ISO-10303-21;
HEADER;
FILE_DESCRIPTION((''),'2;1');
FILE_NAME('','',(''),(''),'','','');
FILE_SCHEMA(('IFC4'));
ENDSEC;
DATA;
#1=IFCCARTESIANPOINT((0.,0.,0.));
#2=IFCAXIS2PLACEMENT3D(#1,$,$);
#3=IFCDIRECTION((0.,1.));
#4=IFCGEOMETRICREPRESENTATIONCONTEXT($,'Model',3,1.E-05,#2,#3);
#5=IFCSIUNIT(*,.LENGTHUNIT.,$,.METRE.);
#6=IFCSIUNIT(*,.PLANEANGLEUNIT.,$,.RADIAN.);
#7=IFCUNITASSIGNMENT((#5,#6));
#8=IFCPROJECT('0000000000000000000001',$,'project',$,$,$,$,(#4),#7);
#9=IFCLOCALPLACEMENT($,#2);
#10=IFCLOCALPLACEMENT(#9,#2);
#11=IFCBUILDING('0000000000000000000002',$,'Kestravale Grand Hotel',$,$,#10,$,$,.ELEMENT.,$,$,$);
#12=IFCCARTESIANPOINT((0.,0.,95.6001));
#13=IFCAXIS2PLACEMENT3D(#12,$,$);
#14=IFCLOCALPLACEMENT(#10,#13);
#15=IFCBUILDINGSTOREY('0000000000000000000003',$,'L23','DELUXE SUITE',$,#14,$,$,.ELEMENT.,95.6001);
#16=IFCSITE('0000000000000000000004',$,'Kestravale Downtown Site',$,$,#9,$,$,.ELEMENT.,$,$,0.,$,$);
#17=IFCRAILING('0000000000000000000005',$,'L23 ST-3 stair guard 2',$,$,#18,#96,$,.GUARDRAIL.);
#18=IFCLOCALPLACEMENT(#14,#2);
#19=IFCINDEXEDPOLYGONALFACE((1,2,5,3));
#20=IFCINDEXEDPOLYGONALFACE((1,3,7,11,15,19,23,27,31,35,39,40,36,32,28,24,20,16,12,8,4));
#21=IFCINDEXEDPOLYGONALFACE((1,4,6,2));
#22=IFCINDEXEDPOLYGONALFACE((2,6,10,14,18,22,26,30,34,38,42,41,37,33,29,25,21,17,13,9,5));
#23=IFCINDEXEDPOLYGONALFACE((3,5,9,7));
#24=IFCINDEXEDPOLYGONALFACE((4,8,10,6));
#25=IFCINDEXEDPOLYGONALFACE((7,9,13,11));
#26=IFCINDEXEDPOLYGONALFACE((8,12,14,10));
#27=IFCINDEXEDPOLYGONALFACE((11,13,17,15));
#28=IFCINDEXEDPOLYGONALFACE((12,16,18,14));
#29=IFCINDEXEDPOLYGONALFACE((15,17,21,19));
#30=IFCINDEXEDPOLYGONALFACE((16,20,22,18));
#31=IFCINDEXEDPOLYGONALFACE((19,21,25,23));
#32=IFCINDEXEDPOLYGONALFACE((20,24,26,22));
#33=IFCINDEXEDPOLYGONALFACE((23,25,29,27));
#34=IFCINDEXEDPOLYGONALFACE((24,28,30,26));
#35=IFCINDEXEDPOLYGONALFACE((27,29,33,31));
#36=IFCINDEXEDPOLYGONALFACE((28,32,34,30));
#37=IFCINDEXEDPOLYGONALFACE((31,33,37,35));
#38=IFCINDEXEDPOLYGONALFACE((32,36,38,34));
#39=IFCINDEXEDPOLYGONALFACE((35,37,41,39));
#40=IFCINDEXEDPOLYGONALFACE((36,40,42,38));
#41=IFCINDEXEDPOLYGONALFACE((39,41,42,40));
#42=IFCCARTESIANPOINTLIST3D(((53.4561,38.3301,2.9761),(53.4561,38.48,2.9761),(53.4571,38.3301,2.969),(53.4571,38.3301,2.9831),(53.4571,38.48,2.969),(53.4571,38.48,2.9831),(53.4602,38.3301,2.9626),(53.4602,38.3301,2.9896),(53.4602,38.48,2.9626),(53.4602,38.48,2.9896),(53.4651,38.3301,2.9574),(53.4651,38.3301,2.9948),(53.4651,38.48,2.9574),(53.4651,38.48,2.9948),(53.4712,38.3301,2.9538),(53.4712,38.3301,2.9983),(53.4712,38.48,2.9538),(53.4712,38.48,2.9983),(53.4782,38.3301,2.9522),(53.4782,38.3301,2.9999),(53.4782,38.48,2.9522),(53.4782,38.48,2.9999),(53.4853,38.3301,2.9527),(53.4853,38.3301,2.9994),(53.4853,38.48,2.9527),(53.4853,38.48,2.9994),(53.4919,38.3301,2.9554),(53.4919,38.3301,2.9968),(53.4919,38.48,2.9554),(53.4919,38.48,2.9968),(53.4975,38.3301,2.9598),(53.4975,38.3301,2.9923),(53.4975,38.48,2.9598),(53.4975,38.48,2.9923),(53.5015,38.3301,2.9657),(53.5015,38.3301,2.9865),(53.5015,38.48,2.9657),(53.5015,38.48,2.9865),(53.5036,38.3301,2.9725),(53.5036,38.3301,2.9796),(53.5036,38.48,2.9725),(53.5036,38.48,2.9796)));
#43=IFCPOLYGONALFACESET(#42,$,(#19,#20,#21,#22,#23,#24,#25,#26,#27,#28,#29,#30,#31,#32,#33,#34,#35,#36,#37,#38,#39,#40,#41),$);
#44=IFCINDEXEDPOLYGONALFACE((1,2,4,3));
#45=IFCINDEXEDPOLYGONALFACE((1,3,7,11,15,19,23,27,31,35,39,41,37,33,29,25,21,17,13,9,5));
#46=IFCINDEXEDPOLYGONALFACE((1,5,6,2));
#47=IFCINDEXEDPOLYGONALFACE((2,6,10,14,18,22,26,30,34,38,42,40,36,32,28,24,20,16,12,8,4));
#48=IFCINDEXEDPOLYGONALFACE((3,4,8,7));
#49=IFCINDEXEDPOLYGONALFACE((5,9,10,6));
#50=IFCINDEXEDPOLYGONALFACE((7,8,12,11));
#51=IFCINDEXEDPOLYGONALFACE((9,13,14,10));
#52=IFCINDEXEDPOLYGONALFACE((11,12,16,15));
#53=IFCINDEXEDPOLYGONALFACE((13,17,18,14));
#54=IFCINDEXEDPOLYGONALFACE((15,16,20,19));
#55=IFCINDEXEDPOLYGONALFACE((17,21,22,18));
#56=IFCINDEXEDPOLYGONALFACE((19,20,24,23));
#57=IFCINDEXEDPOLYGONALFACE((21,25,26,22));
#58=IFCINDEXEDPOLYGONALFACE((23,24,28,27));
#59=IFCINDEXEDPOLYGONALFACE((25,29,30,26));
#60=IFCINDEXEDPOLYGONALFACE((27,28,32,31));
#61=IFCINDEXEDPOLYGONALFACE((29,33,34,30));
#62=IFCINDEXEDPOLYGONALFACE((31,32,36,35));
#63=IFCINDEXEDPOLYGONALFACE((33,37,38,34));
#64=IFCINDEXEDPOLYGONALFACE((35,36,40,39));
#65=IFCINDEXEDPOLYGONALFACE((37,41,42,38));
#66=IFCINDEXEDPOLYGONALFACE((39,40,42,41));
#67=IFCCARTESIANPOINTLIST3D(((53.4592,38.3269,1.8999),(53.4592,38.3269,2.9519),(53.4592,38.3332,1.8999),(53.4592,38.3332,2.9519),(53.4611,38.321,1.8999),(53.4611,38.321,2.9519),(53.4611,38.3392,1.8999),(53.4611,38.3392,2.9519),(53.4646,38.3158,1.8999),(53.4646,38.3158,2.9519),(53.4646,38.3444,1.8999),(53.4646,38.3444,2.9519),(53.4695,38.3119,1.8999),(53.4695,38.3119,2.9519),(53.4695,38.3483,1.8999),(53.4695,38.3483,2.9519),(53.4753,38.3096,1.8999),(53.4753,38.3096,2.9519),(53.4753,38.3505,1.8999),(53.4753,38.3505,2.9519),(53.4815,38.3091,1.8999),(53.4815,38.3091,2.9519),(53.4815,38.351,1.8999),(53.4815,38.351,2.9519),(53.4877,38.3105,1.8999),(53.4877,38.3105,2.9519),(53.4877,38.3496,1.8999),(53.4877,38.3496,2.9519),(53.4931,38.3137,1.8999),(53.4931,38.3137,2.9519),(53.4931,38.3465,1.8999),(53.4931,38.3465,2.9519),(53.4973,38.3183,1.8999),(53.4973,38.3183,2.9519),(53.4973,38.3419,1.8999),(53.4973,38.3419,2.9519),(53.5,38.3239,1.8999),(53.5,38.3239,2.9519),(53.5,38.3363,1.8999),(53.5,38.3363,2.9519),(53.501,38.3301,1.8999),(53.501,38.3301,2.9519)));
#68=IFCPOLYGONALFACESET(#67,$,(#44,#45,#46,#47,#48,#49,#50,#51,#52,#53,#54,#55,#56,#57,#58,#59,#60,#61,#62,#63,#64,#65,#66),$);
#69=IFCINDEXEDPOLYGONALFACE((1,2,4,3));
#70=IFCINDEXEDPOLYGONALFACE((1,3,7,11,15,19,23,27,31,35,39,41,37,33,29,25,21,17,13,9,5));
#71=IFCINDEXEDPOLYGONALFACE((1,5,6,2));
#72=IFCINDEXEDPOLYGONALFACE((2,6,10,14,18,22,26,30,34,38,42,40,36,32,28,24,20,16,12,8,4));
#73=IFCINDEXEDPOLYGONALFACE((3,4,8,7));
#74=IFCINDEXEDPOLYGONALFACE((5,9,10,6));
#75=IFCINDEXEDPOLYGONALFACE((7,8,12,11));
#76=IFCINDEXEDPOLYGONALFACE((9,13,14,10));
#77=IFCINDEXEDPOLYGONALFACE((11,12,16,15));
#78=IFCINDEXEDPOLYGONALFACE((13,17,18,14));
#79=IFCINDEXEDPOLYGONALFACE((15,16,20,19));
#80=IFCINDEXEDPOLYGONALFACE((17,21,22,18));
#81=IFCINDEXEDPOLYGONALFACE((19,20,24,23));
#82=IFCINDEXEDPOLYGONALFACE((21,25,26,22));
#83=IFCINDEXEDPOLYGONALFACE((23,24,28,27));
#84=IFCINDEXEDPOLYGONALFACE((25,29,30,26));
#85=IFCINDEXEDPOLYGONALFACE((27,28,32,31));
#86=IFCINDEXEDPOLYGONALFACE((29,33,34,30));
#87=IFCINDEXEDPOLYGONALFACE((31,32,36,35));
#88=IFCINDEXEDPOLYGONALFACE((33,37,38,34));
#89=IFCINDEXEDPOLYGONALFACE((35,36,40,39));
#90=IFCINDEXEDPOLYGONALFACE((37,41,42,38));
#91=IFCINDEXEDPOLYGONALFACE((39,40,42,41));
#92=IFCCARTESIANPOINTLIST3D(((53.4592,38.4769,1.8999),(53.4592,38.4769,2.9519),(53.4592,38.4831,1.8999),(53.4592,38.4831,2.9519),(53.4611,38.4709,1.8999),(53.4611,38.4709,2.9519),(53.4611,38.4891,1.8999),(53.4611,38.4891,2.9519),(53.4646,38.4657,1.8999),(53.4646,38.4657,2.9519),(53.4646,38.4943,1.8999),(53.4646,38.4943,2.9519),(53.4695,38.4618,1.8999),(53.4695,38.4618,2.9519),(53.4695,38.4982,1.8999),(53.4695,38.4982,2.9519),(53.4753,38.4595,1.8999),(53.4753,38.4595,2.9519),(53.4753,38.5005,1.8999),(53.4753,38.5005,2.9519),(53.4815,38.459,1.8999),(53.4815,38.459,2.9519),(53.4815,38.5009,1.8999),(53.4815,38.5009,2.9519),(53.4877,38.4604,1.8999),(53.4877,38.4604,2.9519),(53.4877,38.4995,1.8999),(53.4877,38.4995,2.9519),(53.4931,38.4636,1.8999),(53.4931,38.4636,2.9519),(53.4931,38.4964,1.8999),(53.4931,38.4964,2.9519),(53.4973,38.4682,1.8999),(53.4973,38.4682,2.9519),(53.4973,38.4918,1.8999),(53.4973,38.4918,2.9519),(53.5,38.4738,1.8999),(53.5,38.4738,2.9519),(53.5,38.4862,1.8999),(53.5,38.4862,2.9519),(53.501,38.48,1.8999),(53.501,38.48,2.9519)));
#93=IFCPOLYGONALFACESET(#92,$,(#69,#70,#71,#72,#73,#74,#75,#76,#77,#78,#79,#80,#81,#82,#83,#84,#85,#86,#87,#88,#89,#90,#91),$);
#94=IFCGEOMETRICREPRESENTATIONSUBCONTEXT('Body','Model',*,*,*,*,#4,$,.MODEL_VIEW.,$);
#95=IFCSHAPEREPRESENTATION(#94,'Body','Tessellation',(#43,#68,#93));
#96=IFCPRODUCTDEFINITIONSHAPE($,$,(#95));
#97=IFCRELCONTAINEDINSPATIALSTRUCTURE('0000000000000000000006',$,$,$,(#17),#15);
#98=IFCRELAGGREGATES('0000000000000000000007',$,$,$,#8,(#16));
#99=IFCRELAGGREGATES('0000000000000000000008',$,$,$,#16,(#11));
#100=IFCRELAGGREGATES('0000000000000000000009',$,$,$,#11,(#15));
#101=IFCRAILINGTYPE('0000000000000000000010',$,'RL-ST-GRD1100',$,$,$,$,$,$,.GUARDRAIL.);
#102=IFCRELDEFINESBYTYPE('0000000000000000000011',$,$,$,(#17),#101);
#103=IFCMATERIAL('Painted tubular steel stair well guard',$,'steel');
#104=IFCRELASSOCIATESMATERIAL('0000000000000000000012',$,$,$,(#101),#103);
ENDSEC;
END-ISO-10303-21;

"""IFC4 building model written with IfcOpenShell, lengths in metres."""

from ifc_helpers import new_model, si_unit, direction, frame, origin, origin_2d, place, context, subcontext, project, spatial, circle, extrude, material, type_object, element, save


model = new_model("IFC4")

# Units and contexts
model_context = context("Model", 3, precision=1e-05, world=origin(), true_north=direction((0.0, 1.0)))
body_context = subcontext(model_context, "Body", "Model", "MODEL_VIEW")
ifc_project = project(units=[si_unit("LENGTHUNIT", "METRE"), si_unit("PLANEANGLEUNIT", "RADIAN")], contexts=[model_context])

# Site, building, storey
site_placement = place(None, origin())
site = spatial("IfcSite", under=ifc_project, at=site_placement, Name="Kestravale Downtown Site", CompositionType="ELEMENT", RefElevation=0.0)
building_placement = place(site_placement, origin())
building = spatial("IfcBuilding", under=site, at=building_placement, Name="Kestravale Grand Hotel", CompositionType="ELEMENT")
storey_placement = place(building_placement, frame((0.0, 0.0, 95.6001)))
storey = spatial("IfcBuildingStorey", under=building, at=storey_placement, Name="L23", Description="DELUXE SUITE", CompositionType="ELEMENT", Elevation=95.6001)

# Railing
ifc_material_1 = material(Name="Painted tubular steel stair well guard", Category="steel")
railing_type_1 = type_object("IfcRailingType", Name="RL-ST-GRD1100", PredefinedType="GUARDRAIL", material=ifc_material_1)
railing_1_placement = place(storey_placement, frame((53.48, 38.3301, 1.8999)))
element("IfcRailing", 1, at=railing_1_placement, inside=storey, type_object=railing_type_1, Name="L23 ST-3 stair guard 2", PredefinedType="GUARDRAIL", context=body_context, shape_type="SweptSolid", body=[
    extrude(circle(Radius=0.0239, at=origin_2d()), frame((0.0, 0.0, 1.0762), z_axis=(0.0, 1.0, 0.0), x_axis=(-1.0, 0.0, 0.0)), (0.0, 0.0, 1.0), 0.1499),
    extrude(circle(Radius=0.021, at=origin_2d()), origin(), (0.0, 0.0, 1.0), 1.052),
    extrude(circle(Radius=0.021, at=origin_2d()), frame((0.0, 0.1499, 0.0)), (0.0, 0.0, 1.0), 1.052),
])

save(model, "model.ifc")
